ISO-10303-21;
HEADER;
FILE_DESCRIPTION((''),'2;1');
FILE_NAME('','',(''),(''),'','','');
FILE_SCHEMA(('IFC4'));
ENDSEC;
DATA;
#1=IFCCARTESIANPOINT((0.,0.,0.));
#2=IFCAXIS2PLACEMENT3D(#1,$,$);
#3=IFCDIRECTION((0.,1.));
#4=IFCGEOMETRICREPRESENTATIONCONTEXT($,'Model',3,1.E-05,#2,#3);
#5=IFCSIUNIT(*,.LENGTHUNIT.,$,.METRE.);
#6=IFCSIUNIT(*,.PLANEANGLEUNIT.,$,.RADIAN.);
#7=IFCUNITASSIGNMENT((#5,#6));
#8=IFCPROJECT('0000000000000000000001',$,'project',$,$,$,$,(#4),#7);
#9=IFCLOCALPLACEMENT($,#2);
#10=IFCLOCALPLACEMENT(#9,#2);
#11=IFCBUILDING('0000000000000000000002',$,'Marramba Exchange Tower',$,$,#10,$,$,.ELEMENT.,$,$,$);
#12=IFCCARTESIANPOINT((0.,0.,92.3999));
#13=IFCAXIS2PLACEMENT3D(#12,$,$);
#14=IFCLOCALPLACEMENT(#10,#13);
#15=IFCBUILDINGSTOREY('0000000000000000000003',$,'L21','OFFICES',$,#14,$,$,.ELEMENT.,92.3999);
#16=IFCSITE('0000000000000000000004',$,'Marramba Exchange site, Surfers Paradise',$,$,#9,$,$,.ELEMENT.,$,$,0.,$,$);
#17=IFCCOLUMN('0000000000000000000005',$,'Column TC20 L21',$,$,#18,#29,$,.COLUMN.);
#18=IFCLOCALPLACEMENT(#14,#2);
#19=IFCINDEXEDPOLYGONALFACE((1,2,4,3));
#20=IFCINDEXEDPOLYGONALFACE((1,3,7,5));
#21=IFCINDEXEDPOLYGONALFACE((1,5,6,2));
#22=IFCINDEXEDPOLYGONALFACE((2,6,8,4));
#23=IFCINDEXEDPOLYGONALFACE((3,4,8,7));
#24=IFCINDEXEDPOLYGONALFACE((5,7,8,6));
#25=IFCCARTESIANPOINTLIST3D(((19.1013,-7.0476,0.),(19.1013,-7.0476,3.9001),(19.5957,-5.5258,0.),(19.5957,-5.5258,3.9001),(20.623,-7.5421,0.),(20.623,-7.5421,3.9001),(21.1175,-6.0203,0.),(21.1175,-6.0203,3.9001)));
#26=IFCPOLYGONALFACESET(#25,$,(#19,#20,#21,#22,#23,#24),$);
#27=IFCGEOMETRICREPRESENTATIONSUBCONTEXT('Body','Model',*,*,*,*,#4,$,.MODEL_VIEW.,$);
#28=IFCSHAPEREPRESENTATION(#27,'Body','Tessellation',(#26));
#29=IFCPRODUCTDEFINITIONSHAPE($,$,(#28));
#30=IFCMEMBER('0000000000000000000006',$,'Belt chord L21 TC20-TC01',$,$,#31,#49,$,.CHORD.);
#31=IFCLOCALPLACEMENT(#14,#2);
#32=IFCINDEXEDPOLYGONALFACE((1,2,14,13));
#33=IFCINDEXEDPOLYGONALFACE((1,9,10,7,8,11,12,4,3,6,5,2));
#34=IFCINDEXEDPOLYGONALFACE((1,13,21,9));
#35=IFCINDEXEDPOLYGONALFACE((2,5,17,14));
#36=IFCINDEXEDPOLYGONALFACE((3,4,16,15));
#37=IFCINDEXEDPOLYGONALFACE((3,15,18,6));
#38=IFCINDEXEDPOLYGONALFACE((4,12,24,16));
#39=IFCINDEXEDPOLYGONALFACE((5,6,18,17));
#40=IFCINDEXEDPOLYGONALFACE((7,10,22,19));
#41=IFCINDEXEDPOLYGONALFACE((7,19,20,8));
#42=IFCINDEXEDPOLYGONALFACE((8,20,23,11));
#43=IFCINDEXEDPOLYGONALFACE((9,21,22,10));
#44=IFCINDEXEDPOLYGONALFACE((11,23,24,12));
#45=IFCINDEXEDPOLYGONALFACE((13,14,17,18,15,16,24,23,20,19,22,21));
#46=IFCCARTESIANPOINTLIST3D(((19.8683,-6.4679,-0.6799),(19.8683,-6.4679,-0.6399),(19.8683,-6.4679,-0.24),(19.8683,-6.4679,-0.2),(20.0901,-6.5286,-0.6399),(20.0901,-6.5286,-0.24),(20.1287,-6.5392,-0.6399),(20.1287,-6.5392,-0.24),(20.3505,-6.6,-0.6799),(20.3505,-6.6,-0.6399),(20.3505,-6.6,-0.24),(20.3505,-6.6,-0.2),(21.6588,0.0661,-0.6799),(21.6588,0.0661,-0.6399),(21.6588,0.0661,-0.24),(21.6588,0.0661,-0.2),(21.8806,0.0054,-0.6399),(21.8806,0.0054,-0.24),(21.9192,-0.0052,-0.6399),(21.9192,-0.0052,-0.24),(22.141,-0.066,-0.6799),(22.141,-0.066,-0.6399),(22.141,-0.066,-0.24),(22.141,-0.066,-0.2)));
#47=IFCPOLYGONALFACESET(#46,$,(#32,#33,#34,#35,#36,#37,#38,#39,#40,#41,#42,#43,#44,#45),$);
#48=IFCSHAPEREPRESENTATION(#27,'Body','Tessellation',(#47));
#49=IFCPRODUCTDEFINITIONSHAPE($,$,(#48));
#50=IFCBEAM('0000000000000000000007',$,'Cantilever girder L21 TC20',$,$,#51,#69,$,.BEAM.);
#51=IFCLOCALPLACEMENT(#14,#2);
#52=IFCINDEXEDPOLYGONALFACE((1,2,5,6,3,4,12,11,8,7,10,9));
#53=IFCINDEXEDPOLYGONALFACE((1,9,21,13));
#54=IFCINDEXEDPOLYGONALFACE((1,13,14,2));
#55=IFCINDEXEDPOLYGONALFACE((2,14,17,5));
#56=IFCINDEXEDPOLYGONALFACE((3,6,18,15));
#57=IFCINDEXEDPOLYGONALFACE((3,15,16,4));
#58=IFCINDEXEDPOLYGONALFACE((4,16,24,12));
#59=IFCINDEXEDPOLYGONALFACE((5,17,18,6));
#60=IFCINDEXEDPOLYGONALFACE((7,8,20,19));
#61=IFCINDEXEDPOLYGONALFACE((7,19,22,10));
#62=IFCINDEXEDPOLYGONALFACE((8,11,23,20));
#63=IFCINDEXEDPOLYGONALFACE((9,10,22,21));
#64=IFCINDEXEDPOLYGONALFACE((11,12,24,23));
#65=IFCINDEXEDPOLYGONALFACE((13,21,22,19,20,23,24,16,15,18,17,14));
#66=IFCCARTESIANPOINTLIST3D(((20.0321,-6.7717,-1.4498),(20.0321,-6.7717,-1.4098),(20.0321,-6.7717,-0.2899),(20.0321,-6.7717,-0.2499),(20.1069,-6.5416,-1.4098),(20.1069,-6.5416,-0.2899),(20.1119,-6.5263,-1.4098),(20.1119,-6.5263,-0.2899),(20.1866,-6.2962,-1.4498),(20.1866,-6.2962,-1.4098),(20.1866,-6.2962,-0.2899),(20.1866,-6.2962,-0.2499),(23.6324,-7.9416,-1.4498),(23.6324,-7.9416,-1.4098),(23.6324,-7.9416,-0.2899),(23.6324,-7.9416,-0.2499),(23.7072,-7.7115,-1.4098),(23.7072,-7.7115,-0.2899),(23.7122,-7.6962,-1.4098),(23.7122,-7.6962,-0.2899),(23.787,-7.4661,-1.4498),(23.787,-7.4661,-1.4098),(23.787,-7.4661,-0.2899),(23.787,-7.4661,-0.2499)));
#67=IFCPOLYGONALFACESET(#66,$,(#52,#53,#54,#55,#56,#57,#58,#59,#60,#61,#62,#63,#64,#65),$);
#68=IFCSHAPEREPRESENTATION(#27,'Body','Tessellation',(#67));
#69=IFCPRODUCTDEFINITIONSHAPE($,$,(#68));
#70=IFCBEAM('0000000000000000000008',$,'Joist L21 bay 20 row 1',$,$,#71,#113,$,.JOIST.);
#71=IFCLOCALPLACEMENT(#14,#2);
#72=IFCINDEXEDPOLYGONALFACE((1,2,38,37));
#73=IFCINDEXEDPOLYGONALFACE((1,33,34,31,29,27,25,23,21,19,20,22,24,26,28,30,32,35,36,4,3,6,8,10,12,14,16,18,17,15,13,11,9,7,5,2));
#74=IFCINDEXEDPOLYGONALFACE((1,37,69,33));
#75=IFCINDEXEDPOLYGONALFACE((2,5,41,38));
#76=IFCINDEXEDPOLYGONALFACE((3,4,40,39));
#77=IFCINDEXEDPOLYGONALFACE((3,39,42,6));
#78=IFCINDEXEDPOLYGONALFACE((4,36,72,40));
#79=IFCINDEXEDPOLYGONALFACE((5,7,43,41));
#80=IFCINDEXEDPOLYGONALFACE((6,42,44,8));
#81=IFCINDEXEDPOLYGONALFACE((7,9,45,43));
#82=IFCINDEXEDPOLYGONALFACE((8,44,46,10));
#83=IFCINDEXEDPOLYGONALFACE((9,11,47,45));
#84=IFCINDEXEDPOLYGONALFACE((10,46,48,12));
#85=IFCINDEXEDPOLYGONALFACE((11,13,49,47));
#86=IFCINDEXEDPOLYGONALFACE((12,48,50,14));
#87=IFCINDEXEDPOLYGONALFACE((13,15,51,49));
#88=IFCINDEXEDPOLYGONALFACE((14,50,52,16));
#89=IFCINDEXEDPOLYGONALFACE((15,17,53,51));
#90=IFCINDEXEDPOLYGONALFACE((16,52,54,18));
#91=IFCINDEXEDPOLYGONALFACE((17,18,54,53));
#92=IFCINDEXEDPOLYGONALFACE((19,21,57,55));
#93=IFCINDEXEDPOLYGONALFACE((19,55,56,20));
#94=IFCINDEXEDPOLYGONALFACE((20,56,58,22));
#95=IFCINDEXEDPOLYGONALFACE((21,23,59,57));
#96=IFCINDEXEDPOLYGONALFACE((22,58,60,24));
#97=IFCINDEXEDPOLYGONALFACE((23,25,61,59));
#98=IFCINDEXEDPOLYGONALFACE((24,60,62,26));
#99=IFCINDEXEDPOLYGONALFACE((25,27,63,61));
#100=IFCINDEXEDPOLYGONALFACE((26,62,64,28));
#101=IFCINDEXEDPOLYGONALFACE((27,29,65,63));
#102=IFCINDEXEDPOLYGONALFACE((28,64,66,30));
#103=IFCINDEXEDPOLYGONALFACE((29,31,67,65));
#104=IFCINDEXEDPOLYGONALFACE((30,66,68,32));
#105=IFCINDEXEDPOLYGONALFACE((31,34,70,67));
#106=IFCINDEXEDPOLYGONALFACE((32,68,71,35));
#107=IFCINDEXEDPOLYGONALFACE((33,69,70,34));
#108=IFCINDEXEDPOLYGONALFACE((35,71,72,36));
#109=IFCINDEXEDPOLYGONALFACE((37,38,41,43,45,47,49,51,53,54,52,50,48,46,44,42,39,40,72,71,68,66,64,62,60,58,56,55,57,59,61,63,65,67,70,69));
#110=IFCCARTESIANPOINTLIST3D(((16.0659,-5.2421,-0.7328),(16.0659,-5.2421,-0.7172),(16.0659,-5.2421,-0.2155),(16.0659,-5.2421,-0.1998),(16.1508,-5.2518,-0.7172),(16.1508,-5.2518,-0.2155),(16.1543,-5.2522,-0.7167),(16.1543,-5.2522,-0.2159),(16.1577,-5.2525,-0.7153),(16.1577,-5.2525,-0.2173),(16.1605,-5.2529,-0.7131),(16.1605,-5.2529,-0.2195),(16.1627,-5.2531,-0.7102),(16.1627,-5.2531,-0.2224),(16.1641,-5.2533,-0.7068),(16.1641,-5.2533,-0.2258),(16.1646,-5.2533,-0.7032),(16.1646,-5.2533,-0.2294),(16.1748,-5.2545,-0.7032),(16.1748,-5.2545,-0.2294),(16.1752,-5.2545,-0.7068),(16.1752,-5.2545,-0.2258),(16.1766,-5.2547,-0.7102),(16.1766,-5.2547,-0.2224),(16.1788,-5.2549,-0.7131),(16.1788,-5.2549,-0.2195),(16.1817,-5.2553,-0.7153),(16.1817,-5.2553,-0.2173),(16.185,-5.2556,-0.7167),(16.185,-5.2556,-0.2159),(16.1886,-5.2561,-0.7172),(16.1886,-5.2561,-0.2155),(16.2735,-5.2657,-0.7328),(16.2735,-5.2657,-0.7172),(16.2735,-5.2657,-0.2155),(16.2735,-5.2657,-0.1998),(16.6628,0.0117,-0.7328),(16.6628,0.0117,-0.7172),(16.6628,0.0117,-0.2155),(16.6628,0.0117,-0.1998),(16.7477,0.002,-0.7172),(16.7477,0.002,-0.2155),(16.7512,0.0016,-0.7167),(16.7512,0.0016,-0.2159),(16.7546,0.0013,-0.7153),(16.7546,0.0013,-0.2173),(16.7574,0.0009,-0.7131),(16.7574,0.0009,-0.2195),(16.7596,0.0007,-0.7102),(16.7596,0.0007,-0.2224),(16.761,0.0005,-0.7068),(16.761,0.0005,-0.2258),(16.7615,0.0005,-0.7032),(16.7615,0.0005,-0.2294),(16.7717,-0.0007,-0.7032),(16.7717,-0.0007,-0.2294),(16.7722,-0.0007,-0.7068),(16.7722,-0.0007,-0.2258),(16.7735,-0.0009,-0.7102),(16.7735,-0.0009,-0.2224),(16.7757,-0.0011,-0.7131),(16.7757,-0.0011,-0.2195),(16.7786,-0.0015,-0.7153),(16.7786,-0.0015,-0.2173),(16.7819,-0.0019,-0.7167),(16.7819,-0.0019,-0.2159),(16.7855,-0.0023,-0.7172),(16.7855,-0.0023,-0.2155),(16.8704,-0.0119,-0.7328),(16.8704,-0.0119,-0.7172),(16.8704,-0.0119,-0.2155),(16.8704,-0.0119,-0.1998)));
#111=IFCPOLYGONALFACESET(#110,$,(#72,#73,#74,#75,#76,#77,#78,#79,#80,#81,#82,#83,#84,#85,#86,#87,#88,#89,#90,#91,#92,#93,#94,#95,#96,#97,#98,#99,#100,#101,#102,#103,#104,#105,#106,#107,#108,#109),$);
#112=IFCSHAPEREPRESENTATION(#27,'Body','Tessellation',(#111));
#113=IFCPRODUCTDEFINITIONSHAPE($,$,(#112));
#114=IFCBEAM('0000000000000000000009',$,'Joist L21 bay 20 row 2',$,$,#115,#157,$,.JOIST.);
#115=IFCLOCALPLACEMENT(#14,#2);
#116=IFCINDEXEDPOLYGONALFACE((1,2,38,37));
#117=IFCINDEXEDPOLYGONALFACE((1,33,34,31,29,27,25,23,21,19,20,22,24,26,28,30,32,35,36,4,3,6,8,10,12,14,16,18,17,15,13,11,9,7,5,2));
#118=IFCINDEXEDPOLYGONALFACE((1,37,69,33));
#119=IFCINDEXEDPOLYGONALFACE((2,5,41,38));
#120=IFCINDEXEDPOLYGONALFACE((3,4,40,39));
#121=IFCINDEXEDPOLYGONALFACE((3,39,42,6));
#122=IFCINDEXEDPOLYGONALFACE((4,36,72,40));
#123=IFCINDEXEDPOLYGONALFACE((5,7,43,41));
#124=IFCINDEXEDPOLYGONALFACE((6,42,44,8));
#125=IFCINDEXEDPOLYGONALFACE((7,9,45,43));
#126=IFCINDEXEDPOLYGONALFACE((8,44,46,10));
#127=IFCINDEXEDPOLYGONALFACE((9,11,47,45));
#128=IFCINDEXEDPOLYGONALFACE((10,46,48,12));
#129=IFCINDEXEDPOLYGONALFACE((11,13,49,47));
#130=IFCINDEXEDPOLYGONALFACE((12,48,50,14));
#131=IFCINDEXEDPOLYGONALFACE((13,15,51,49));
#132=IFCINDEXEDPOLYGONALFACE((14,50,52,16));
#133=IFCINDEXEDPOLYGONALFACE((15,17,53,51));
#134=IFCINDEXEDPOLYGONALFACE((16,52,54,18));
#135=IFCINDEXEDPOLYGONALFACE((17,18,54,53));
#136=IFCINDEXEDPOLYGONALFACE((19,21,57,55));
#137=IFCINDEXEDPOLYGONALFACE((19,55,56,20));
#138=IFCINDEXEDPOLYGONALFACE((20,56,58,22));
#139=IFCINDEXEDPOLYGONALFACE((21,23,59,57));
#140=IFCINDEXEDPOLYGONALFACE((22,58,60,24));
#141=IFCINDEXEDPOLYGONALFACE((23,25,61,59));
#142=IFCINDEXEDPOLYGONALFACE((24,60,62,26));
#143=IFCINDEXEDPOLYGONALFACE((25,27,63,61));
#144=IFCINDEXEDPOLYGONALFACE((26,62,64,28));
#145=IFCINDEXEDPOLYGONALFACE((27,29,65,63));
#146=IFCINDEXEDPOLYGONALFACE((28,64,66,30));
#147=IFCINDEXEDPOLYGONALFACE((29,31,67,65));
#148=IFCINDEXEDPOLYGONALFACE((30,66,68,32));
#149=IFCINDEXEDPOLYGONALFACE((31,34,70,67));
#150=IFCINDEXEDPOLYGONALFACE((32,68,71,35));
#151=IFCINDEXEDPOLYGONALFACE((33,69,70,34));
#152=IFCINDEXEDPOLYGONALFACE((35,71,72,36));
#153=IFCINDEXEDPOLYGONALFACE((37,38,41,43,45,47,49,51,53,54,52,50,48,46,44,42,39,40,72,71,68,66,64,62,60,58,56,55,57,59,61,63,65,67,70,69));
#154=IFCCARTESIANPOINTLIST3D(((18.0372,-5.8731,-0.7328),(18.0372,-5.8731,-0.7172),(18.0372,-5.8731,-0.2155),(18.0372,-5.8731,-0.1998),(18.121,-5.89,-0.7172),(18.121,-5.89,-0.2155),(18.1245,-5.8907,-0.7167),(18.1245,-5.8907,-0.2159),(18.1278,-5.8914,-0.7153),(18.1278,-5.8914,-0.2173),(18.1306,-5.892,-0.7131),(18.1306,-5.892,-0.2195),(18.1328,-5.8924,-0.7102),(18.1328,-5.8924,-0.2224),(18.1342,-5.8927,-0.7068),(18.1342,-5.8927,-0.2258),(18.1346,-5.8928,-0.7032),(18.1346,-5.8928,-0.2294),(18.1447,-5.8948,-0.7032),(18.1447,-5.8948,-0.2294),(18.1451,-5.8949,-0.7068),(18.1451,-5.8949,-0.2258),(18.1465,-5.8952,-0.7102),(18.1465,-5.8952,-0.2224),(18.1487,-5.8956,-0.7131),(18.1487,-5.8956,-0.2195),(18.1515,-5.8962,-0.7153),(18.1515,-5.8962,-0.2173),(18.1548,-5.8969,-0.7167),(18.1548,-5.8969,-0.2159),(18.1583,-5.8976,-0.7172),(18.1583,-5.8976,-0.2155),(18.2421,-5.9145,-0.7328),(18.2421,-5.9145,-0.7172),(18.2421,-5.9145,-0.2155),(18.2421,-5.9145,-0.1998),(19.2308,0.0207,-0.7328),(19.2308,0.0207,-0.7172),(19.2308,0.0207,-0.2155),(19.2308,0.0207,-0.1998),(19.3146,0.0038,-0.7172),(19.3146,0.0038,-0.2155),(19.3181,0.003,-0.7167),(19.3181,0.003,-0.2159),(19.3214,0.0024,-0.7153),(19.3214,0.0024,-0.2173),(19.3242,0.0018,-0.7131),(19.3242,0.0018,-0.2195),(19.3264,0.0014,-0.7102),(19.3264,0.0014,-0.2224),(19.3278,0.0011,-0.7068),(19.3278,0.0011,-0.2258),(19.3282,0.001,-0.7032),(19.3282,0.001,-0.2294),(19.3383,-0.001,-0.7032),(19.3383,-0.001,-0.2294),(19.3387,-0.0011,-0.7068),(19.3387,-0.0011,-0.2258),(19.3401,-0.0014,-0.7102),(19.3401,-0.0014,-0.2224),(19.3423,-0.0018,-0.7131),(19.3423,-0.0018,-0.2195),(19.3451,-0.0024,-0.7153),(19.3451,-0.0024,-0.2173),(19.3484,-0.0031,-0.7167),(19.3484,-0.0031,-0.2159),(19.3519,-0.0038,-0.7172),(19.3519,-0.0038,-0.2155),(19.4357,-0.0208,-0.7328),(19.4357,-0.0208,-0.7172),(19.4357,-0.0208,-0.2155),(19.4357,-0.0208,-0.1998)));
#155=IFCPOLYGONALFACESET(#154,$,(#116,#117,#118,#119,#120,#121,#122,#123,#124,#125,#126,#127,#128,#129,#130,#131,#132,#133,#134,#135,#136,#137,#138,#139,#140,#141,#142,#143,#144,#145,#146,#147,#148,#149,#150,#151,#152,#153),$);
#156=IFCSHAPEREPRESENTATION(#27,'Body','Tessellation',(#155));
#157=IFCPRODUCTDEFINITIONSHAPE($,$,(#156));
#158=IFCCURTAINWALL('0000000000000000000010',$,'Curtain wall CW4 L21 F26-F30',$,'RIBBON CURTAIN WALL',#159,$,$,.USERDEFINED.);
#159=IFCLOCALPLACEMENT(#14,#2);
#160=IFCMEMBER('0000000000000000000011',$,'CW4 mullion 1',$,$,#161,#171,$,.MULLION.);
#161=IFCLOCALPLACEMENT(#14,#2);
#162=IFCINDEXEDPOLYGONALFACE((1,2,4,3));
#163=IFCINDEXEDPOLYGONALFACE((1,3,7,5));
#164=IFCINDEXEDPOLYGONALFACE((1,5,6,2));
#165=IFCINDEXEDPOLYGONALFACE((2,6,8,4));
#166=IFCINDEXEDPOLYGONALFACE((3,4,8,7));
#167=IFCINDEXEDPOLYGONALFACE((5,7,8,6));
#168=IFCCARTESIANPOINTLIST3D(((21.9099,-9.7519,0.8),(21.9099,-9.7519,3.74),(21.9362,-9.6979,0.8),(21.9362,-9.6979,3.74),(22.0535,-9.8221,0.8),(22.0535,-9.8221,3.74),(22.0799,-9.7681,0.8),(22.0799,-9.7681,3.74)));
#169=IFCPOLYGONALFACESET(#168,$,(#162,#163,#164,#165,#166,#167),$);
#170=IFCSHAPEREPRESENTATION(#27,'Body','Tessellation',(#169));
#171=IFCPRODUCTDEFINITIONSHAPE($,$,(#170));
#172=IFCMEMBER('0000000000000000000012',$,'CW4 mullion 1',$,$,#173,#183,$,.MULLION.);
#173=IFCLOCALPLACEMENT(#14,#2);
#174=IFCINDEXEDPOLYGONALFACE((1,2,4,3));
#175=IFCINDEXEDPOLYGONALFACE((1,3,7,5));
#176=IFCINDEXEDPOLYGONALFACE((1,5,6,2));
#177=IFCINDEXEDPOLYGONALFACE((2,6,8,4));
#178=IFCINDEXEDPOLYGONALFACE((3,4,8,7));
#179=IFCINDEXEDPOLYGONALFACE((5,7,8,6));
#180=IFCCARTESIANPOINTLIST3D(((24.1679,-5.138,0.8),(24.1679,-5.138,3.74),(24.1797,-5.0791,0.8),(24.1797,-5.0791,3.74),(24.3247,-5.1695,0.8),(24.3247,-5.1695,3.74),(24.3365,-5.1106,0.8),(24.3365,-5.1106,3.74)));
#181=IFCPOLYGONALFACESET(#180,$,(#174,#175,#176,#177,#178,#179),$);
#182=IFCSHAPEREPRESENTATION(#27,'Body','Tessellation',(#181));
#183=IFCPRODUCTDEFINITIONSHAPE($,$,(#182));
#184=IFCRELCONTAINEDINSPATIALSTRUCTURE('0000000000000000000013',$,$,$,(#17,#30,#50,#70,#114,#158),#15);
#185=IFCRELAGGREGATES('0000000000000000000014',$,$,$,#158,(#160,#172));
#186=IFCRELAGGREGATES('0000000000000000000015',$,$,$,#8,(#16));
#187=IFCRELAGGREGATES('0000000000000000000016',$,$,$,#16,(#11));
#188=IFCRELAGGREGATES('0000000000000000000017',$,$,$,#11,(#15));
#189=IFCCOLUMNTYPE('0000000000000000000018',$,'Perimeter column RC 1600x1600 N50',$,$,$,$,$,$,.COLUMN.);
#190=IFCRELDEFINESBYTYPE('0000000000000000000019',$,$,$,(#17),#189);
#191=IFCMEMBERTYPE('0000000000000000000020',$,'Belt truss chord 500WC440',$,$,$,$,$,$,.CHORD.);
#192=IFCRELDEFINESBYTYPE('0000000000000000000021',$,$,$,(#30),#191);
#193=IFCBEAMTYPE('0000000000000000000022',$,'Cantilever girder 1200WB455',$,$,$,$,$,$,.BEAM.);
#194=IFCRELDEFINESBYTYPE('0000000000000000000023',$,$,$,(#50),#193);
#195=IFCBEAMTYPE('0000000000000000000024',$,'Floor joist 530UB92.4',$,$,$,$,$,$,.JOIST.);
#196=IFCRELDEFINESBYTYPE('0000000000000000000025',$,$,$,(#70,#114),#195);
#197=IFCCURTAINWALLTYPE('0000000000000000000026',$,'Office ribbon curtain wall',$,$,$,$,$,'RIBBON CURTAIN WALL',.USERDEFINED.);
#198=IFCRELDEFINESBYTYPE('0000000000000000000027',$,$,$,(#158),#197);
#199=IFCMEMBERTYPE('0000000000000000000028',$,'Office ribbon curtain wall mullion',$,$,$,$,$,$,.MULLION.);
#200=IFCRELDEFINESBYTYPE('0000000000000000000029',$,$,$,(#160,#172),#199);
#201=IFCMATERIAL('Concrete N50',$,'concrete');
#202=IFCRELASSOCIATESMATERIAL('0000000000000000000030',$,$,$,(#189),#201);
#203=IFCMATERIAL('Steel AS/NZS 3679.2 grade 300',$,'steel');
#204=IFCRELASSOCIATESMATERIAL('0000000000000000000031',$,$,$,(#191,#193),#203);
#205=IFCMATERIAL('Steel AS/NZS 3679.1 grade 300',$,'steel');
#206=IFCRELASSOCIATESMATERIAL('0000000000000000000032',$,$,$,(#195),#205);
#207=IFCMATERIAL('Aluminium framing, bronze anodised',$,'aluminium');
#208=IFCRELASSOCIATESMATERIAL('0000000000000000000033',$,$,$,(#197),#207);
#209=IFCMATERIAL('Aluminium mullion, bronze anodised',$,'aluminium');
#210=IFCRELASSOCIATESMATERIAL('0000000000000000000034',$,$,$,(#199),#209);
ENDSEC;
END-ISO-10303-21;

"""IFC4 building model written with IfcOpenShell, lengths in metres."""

from ifc_helpers import new_model, si_unit, direction, frame, origin, origin_2d, place, context, subcontext, project, spatial, rectangle, i_section, extrude, material, material_profile, profile_set, type_object, element, aggregate, save


model = new_model("IFC4")

# Units and contexts
model_context = context("Model", 3, precision=1e-05, world=origin(), true_north=direction((0.0, 1.0)))
body_context = subcontext(model_context, "Body", "Model", "MODEL_VIEW")
ifc_project = project(units=[si_unit("LENGTHUNIT", "METRE"), si_unit("PLANEANGLEUNIT", "RADIAN")], contexts=[model_context])

# Site, building, storey
site_placement = place(None, origin())
site = spatial("IfcSite", under=ifc_project, at=site_placement, Name="Marramba Exchange site, Surfers Paradise", CompositionType="ELEMENT", RefElevation=0.0)
building_placement = place(site_placement, origin())
building = spatial("IfcBuilding", under=site, at=building_placement, Name="Marramba Exchange Tower", CompositionType="ELEMENT")
storey_placement = place(building_placement, frame((0.0, 0.0, 92.3999)))
storey = spatial("IfcBuildingStorey", under=building, at=storey_placement, Name="L21", Description="OFFICES", CompositionType="ELEMENT", Elevation=92.3999)

# Column
ifc_material_1 = material(Name="Concrete N50", Category="concrete")
ifc_material_profile_1 = material_profile(ifc_material_1, rectangle(XDim=1.6001, YDim=1.6001, at=origin_2d()), Name="RC 1600x1600")
ifc_profile_set_1 = profile_set([ifc_material_profile_1], Name="Concrete N50")
column_type = type_object("IfcColumnType", Name="Perimeter column RC 1600x1600 N50", PredefinedType="COLUMN", material=ifc_profile_set_1)
column_placement = place(storey_placement, frame((20.1094, -6.5339, 0.0), z_axis=(0.0, 0.0, 1.0), x_axis=(0.951057, -0.309017, 0.0)))
element("IfcColumn", 1, at=column_placement, inside=storey, type_object=column_type, Name="Column TC20 L21", PredefinedType="COLUMN", context=body_context, shape_type="SweptSolid", body=[
    extrude(rectangle(XDim=1.6001, YDim=1.6001, at=origin_2d()), origin(), (0.0, 0.0, 1.0), 3.9001),
])

# Member
ifc_material_2 = material(Name="Steel AS/NZS 3679.2 grade 300", Category="steel")
ifc_material_profile_2 = material_profile(ifc_material_2, i_section(OverallWidth=0.5, OverallDepth=0.48, WebThickness=0.04, FlangeThickness=0.04, at=origin_2d()), Name="500WC440")
ifc_profile_set_2 = profile_set([ifc_material_profile_2], Name="Steel AS/NZS 3679.2 grade 300")
member_type_1 = type_object("IfcMemberType", Name="Belt truss chord 500WC440", PredefinedType="CHORD", material=ifc_profile_set_2)
member_1_placement = place(storey_placement, frame((20.1094, -6.5339, -0.4399), z_axis=(0.264291, 0.964443, 0.0), x_axis=(-0.964443, 0.264291, 0.0)))
element("IfcMember", 2, at=member_1_placement, inside=storey, type_object=member_type_1, Name="Belt chord L21 TC20-TC01", PredefinedType="CHORD", context=body_context, shape_type="SweptSolid", body=[
    extrude(i_section(OverallWidth=0.5, OverallDepth=0.48, WebThickness=0.04, FlangeThickness=0.04, at=origin_2d()), origin(), (0.0, 0.0, 1.0), 6.7749),
])

# Beams
ifc_material_profile_3 = material_profile(ifc_material_2, i_section(OverallWidth=0.5, OverallDepth=1.2, WebThickness=0.0161, FlangeThickness=0.04, at=origin_2d()), Name="1200WB455")
ifc_profile_set_3 = profile_set([ifc_material_profile_3], Name="Steel AS/NZS 3679.2 grade 300")
beam_type_1 = type_object("IfcBeamType", Name="Cantilever girder 1200WB455", PredefinedType="BEAM", material=ifc_profile_set_3)
beam_1_placement = place(storey_placement, frame((20.1094, -6.5339, -0.8499), z_axis=(0.951049, -0.309041, 0.0), x_axis=(0.309041, 0.951049, 0.0)))
element("IfcBeam", 3, at=beam_1_placement, inside=storey, type_object=beam_type_1, Name="Cantilever girder L21 TC20", PredefinedType="BEAM", context=body_context, shape_type="SweptSolid", body=[
    extrude(i_section(OverallWidth=0.5, OverallDepth=1.2, WebThickness=0.0161, FlangeThickness=0.04, at=origin_2d()), origin(), (0.0, 0.0, 1.0), 3.7856),
])
ifc_material_3 = material(Name="Steel AS/NZS 3679.1 grade 300", Category="steel")
ifc_material_profile_4 = material_profile(ifc_material_3, i_section(OverallWidth=0.209, OverallDepth=0.533, WebThickness=0.0103, FlangeThickness=0.0156, FilletRadius=0.0139, at=origin_2d()), Name="530UB92.4")
ifc_profile_set_4 = profile_set([ifc_material_profile_4], Name="Steel AS/NZS 3679.1 grade 300")
beam_type_2 = type_object("IfcBeamType", Name="Floor joist 530UB92.4", PredefinedType="JOIST", material=ifc_profile_set_4)
beam_2_placement = place(storey_placement, frame((16.1697, -5.2539, -0.4663), z_axis=(0.112889, 0.993608, 0.0), x_axis=(-0.993608, 0.112889, 0.0)))
element("IfcBeam", 4, at=beam_2_placement, inside=storey, type_object=beam_type_2, Name="Joist L21 bay 20 row 1", PredefinedType="JOIST", context=body_context, shape_type="SweptSolid", body=[
    extrude(i_section(OverallWidth=0.209, OverallDepth=0.533, WebThickness=0.0103, FlangeThickness=0.0156, FilletRadius=0.0139, at=origin_2d()), origin(), (0.0, 0.0, 1.0), 5.2876),
])
beam_3_placement = place(storey_placement, frame((18.1396, -5.8938, -0.4663), z_axis=(0.198489, 0.980103, 0.0), x_axis=(-0.980103, 0.198489, 0.0)))
element("IfcBeam", 5, at=beam_3_placement, inside=storey, type_object=beam_type_2, Name="Joist L21 bay 20 row 2", PredefinedType="JOIST", context=body_context, shape_type="SweptSolid", body=[
    extrude(i_section(OverallWidth=0.209, OverallDepth=0.533, WebThickness=0.0103, FlangeThickness=0.0156, FilletRadius=0.0139, at=origin_2d()), origin(), (0.0, 0.0, 1.0), 6.0134),
])

# Curtain wall, members
ifc_material_4 = material(Name="Aluminium framing, bronze anodised", Category="aluminium")
curtain_wall_type = type_object("IfcCurtainWallType", Name="Office ribbon curtain wall", ElementType="RIBBON CURTAIN WALL", PredefinedType="USERDEFINED", material=ifc_material_4)
curtain_wall_placement = place(storey_placement, origin())
curtain_wall = element("IfcCurtainWall", 6, at=curtain_wall_placement, inside=storey, type_object=curtain_wall_type, Name="Curtain wall CW4 L21 F26-F30", ObjectType="RIBBON CURTAIN WALL", PredefinedType="USERDEFINED")
ifc_material_5 = material(Name="Aluminium mullion, bronze anodised", Category="aluminium")
ifc_material_profile_5 = material_profile(ifc_material_5, rectangle(XDim=0.1599, YDim=0.0601, at=origin_2d()), Name="CW4 mullion 60x160")
ifc_profile_set_5 = profile_set([ifc_material_profile_5], Name="Aluminium mullion, bronze anodised")
member_type_2 = type_object("IfcMemberType", Name="Office ribbon curtain wall mullion", PredefinedType="MULLION", material=ifc_profile_set_5)
member_2_placement = place(storey_placement, frame((21.9949, -9.76, 0.8), z_axis=(0.0, 0.0, 1.0), x_axis=(-0.898445, 0.439086, 0.0)))
member_2 = element("IfcMember", 7, at=member_2_placement, type_object=member_type_2, Name="CW4 mullion 1", PredefinedType="MULLION", context=body_context, shape_type="SweptSolid", body=[
    extrude(rectangle(XDim=0.1599, YDim=0.0601, at=origin_2d()), origin(), (0.0, 0.0, 1.0), 2.9399),
])
member_3_placement = place(storey_placement, frame((24.2522, -5.1243, 0.8), z_axis=(0.0, 0.0, 1.0), x_axis=(-0.980394, 0.197049, 0.0)))
member_3 = element("IfcMember", 8, at=member_3_placement, type_object=member_type_2, Name="CW4 mullion 1", PredefinedType="MULLION", context=body_context, shape_type="SweptSolid", body=[
    extrude(rectangle(XDim=0.1599, YDim=0.0601, at=origin_2d()), origin(), (0.0, 0.0, 1.0), 2.9399),
])

aggregate(curtain_wall, [member_2, member_3])

save(model, "model.ifc")
